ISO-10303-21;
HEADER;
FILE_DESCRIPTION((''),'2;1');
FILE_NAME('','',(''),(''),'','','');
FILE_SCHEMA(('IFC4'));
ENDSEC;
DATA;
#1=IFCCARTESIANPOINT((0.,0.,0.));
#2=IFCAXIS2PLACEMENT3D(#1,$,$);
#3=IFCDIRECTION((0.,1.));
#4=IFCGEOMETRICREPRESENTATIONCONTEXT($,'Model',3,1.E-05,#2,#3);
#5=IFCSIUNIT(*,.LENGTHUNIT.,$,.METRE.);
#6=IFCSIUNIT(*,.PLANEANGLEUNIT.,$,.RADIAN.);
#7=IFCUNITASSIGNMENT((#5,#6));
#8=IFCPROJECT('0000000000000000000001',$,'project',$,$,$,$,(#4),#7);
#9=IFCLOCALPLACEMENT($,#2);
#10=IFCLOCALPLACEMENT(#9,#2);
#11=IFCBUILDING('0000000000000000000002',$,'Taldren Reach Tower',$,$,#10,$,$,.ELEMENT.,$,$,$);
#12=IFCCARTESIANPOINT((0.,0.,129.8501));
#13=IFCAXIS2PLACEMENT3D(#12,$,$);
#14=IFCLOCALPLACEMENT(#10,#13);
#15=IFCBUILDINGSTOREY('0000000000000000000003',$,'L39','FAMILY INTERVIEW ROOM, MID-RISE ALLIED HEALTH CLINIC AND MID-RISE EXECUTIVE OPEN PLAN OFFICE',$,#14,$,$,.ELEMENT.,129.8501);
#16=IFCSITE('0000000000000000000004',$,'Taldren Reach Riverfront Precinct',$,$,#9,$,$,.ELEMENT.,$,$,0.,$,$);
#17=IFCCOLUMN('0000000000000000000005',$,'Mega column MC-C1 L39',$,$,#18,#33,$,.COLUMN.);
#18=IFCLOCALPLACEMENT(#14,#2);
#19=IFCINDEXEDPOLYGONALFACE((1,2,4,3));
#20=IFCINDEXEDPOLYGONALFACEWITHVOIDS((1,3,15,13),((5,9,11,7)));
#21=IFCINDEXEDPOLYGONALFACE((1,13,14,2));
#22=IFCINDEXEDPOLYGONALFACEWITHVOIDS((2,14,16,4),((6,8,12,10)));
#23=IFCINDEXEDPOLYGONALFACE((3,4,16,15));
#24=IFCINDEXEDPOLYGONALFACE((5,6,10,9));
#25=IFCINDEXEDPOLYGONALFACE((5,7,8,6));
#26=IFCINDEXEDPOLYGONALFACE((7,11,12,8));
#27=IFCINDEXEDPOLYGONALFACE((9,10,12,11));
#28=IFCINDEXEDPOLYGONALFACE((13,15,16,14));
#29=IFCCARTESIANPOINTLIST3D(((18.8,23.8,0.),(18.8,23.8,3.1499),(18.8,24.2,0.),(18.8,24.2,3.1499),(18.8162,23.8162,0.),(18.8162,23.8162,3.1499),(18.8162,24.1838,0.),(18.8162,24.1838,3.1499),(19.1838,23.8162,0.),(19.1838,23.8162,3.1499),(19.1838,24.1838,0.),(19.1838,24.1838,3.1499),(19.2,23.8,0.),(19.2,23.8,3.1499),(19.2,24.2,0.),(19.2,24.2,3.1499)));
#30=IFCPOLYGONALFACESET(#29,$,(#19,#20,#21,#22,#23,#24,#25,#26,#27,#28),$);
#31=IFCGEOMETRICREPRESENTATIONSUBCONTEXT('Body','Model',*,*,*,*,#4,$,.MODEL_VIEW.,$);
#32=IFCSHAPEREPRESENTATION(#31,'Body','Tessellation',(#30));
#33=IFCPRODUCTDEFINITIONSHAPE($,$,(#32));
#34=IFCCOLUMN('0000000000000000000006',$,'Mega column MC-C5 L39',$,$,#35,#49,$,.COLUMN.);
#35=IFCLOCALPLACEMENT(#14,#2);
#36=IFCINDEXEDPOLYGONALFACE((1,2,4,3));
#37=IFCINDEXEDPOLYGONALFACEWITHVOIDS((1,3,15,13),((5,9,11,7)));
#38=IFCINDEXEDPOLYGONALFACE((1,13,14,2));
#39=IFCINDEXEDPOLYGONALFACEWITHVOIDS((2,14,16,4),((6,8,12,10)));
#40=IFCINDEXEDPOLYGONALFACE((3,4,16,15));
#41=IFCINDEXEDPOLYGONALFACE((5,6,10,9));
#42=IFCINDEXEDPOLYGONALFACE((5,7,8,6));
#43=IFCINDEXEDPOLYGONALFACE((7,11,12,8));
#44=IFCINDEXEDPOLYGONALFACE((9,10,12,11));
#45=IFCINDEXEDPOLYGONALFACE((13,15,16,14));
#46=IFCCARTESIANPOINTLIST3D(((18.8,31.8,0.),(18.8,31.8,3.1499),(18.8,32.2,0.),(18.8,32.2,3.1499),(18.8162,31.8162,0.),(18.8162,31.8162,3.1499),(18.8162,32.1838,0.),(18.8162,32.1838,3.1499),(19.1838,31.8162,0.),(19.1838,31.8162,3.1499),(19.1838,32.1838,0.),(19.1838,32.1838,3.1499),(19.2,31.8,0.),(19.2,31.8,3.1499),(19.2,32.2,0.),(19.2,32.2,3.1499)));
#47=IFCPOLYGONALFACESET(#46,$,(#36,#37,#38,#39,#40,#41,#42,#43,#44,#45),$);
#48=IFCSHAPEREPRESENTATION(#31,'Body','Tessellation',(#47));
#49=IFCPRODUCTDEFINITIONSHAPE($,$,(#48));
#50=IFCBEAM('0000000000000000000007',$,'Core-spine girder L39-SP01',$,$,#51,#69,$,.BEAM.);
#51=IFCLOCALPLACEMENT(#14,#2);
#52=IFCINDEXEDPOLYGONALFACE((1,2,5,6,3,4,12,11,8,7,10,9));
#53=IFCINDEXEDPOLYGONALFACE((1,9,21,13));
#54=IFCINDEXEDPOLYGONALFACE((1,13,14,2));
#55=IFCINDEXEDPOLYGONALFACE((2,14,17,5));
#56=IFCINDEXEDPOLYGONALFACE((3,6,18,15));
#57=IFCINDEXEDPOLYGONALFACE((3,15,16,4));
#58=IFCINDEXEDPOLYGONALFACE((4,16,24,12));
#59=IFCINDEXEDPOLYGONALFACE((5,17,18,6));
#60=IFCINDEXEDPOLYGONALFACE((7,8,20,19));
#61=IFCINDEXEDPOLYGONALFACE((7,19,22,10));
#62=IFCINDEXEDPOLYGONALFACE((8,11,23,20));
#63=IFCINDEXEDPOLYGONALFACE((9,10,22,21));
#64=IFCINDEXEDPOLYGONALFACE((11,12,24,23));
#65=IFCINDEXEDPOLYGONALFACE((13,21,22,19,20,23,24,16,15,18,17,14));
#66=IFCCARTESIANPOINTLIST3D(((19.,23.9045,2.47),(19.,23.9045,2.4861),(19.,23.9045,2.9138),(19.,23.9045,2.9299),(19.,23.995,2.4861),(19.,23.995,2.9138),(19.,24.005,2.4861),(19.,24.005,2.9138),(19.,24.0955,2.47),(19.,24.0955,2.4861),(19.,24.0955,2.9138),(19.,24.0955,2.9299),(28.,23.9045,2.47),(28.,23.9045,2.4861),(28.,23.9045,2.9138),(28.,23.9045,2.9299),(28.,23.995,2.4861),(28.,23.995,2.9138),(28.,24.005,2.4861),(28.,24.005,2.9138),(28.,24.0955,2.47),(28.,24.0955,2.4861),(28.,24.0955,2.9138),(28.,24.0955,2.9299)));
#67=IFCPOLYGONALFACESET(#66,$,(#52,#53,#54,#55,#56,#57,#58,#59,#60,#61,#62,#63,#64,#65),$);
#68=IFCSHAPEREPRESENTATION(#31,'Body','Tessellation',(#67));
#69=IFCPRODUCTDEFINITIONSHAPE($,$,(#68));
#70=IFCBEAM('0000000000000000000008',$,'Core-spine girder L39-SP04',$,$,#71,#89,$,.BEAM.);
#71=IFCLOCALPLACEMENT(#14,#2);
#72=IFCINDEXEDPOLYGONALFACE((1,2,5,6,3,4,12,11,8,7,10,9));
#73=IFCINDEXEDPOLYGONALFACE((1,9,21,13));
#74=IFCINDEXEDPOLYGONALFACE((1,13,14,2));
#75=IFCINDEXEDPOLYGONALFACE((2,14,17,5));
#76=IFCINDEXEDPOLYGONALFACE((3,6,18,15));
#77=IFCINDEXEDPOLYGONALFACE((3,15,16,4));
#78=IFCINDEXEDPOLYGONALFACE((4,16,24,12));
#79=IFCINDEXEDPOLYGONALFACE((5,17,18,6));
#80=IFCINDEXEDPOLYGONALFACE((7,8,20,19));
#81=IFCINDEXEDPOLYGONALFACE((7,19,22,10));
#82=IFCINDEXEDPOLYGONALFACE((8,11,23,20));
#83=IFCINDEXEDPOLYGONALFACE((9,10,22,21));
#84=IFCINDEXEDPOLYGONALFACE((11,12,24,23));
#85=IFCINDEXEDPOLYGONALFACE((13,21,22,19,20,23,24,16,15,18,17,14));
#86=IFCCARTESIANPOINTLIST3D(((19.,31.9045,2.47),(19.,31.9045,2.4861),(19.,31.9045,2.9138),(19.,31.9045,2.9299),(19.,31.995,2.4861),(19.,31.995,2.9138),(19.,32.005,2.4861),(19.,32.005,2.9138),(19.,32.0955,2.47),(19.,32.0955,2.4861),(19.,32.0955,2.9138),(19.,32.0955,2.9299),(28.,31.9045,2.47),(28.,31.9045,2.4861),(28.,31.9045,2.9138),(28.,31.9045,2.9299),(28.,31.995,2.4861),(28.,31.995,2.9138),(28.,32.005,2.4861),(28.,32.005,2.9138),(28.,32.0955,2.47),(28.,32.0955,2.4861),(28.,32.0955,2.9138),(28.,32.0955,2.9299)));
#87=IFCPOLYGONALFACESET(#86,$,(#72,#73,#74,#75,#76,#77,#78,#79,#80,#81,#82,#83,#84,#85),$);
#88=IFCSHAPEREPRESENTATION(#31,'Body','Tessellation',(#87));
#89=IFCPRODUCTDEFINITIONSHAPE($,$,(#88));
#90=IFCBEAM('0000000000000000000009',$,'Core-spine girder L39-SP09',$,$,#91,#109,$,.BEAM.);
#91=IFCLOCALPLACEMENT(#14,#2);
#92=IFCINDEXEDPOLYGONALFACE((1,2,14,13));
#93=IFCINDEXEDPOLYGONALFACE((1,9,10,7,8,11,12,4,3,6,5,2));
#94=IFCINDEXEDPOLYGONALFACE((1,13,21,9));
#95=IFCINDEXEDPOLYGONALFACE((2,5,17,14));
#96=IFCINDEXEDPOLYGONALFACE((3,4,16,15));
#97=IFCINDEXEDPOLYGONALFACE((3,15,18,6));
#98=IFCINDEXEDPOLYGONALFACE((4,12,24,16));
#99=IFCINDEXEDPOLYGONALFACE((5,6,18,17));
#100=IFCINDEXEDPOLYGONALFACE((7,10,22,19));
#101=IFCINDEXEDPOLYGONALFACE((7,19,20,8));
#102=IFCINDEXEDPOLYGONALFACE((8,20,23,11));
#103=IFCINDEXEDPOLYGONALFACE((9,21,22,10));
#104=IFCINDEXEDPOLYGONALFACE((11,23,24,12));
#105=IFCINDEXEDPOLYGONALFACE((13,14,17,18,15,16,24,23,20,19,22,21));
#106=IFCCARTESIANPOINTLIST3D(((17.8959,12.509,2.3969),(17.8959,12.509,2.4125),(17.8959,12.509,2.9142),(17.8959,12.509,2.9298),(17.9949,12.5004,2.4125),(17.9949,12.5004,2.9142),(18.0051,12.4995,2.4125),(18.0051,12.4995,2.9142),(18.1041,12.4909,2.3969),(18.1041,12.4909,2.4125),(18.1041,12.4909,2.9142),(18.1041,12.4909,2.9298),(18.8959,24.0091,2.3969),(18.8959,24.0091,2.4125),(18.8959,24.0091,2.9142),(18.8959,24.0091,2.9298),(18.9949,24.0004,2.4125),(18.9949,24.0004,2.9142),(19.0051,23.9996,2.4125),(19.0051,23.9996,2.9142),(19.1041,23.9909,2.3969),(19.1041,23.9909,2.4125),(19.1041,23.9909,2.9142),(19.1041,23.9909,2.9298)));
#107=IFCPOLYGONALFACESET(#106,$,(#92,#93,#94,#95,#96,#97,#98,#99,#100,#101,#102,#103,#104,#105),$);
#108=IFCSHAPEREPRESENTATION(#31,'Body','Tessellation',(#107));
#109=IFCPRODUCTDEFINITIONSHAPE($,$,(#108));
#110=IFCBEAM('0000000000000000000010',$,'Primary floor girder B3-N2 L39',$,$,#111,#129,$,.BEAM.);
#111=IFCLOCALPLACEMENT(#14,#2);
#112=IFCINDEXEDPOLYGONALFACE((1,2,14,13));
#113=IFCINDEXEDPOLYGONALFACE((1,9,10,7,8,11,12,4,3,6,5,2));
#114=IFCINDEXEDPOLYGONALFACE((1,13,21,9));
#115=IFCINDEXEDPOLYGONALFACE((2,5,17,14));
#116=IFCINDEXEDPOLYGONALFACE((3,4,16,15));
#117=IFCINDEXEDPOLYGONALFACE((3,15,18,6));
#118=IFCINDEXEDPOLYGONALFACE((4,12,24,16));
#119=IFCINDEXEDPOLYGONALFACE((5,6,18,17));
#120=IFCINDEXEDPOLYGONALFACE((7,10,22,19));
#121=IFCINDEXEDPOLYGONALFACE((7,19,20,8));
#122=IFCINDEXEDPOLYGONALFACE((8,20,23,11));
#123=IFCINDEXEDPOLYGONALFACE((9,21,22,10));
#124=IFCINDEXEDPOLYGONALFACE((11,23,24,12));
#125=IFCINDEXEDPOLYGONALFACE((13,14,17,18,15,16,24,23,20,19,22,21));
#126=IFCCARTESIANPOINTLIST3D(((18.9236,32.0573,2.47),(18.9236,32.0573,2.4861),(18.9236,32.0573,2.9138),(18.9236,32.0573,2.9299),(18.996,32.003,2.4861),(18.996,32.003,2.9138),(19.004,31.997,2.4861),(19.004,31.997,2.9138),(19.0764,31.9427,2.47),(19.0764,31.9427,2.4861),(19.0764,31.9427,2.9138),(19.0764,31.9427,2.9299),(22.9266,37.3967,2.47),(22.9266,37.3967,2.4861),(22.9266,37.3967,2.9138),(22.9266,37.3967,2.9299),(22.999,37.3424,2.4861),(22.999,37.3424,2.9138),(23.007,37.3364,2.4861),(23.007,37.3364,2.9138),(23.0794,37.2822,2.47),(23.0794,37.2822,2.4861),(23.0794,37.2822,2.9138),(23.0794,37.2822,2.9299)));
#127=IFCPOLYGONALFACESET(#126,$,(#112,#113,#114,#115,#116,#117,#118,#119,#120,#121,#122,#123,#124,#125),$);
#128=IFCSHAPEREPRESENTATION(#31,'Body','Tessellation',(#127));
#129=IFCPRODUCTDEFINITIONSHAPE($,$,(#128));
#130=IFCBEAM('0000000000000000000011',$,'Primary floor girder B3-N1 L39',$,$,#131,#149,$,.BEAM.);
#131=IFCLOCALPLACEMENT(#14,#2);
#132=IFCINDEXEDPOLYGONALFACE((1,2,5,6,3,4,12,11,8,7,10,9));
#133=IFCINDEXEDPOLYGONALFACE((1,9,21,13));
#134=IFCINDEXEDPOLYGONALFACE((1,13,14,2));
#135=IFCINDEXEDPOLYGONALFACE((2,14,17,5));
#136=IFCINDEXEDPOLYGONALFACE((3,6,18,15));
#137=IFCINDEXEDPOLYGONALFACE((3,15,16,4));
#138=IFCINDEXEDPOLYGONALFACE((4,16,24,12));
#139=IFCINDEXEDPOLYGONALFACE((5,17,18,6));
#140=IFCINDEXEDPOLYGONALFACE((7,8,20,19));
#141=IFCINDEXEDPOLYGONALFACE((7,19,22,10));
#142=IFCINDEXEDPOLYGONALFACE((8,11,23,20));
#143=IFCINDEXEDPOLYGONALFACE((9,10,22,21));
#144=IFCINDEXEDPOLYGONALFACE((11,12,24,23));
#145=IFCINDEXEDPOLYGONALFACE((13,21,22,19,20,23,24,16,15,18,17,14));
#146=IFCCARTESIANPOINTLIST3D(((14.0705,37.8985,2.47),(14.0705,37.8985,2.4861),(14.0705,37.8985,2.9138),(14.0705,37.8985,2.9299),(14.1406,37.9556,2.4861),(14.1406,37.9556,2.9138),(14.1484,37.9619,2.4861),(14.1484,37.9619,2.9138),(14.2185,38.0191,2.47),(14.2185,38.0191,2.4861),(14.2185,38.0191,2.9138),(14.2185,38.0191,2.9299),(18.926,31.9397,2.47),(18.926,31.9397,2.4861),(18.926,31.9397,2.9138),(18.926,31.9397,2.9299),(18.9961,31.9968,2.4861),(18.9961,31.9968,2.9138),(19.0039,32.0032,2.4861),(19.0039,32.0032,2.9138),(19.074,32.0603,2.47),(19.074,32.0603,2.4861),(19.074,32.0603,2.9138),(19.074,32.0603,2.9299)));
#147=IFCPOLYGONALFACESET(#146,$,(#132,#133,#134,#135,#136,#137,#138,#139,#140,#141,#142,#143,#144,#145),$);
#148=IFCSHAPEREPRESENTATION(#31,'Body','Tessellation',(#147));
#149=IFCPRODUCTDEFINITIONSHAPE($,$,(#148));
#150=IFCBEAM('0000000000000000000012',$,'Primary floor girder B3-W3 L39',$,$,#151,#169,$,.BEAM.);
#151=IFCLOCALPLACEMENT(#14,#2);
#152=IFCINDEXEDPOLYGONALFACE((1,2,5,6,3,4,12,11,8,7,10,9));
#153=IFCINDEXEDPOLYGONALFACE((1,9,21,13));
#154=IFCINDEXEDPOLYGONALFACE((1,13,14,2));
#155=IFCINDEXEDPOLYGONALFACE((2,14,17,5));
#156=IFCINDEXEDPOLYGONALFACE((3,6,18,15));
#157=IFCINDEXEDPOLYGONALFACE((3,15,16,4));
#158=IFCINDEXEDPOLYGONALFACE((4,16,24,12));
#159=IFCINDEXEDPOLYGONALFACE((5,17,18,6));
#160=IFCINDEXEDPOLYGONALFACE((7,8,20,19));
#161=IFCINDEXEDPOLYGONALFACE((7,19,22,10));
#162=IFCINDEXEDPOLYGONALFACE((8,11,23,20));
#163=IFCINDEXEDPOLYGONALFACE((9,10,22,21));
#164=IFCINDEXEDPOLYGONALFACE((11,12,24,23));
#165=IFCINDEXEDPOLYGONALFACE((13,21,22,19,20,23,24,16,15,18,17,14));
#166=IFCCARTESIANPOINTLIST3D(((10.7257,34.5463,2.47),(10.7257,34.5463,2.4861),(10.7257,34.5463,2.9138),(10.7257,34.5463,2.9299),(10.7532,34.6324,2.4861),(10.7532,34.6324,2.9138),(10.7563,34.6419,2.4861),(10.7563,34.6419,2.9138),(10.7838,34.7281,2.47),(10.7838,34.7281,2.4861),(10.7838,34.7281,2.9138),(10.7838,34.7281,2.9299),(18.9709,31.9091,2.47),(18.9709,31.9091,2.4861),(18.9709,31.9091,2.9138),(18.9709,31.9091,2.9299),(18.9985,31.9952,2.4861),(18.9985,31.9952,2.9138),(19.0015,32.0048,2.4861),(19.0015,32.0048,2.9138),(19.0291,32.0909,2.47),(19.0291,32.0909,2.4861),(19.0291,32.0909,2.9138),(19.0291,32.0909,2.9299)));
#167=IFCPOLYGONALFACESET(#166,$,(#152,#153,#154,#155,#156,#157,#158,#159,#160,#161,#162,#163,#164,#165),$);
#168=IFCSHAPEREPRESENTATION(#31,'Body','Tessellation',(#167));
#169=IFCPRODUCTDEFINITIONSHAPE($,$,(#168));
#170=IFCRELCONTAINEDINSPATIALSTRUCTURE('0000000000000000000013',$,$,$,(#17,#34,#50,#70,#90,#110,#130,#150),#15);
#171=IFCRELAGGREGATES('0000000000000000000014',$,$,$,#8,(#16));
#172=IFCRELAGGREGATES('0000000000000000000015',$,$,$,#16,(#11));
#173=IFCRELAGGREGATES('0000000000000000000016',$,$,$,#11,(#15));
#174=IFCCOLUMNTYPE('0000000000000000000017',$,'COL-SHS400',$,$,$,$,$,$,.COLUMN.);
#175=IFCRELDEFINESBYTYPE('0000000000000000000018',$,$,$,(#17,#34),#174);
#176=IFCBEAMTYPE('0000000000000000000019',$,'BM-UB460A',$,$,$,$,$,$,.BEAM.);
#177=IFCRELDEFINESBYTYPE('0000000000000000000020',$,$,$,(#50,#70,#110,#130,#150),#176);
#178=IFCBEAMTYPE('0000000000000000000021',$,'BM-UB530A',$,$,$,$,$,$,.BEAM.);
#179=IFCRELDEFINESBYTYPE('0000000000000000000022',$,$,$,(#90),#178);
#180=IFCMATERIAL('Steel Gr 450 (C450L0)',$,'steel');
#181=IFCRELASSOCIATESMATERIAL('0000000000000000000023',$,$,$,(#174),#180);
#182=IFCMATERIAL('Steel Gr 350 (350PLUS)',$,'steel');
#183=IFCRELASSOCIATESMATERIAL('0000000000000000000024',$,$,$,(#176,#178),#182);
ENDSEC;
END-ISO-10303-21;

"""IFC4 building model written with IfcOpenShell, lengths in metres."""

from ifc_helpers import new_model, si_unit, direction, frame, origin, origin_2d, place, context, subcontext, project, spatial, hollow_rectangle, i_section, extrude, source, transform, mapped, material, material_profile, profile_set, type_object, element, save


model = new_model("IFC4")

# Units and contexts
model_context = context("Model", 3, precision=1e-05, world=origin(), true_north=direction((0.0, 1.0)))
body_context = subcontext(model_context, "Body", "Model", "MODEL_VIEW")
ifc_project = project(units=[si_unit("LENGTHUNIT", "METRE"), si_unit("PLANEANGLEUNIT", "RADIAN")], contexts=[model_context])

# Site, building, storey
site_placement = place(None, origin())
site = spatial("IfcSite", under=ifc_project, at=site_placement, Name="Taldren Reach Riverfront Precinct", CompositionType="ELEMENT", RefElevation=0.0)
building_placement = place(site_placement, origin())
building = spatial("IfcBuilding", under=site, at=building_placement, Name="Taldren Reach Tower", CompositionType="ELEMENT")
storey_placement = place(building_placement, frame((0.0, 0.0, 129.8501)))
storey = spatial("IfcBuildingStorey", under=building, at=storey_placement, Name="L39", Description="FAMILY INTERVIEW ROOM, MID-RISE ALLIED HEALTH CLINIC AND MID-RISE EXECUTIVE OPEN PLAN OFFICE", CompositionType="ELEMENT", Elevation=129.8501)

# Columns
ifc_material_1 = material(Name="Steel Gr 450 (C450L0)", Category="steel")
ifc_material_profile_1 = material_profile(ifc_material_1, hollow_rectangle(XDim=0.3999, YDim=0.3999, WallThickness=0.0161, at=origin_2d()), Name="400x400x16.0SHS")
ifc_profile_set_1 = profile_set([ifc_material_profile_1], Name="Steel Gr 450 (C450L0)")
column_type = type_object("IfcColumnType", Name="COL-SHS400", PredefinedType="COLUMN", material=ifc_profile_set_1)
shared_shape_1 = source(origin(), body_context, "Body", "SweptSolid", [
    extrude(hollow_rectangle(XDim=0.3999, YDim=0.3999, WallThickness=0.0161, at=origin_2d()), origin(), (0.0, 0.0, 1.0), 3.1499),
])
for number, where, z_axis, x_axis, name in (
    (1, (19.0, 24.0, 0.0), (0.0, 0.0, 1.0), (1.0, 0.0, 0.0), "Mega column MC-C1 L39"),
    (2, (19.0, 32.0, 0.0), (0.0, 0.0, 1.0), (1.0, 0.0, 0.0), "Mega column MC-C5 L39"),
):
    element("IfcColumn", number, at=place(storey_placement, frame(where, z_axis=z_axis, x_axis=x_axis)), inside=storey, type_object=column_type, Name=name, PredefinedType="COLUMN", context=body_context, shape_type="MappedRepresentation", body=[
        mapped(shared_shape_1, transform((0.0, 0.0, 0.0), scale=1.0)),
    ])

# Beams
ifc_material_2 = material(Name="Steel Gr 350 (350PLUS)", Category="steel")
ifc_material_profile_2 = material_profile(ifc_material_2, i_section(OverallWidth=0.1909, OverallDepth=0.46, WebThickness=0.01, FlangeThickness=0.0161, at=origin_2d()), Name="460UB82.1")
ifc_profile_set_2 = profile_set([ifc_material_profile_2], Name="Steel Gr 350 (350PLUS)")
beam_type_1 = type_object("IfcBeamType", Name="BM-UB460A", PredefinedType="BEAM", material=ifc_profile_set_2)
shared_shape_2 = source(origin(), body_context, "Body", "SweptSolid", [
    extrude(i_section(OverallWidth=0.1909, OverallDepth=0.46, WebThickness=0.01, FlangeThickness=0.0161, at=origin_2d()), origin(), (0.0, 0.0, 1.0), 9.0),
])
for number, where, z_axis, x_axis, name in (
    (3, (19.0, 24.0, 2.7), (1.0, 0.0, 0.0), (0.0, 1.0, 0.0), "Core-spine girder L39-SP01"),
    (4, (19.0, 32.0, 2.7), (1.0, 0.0, 0.0), (0.0, 1.0, 0.0), "Core-spine girder L39-SP04"),
):
    element("IfcBeam", number, at=place(storey_placement, frame(where, z_axis=z_axis, x_axis=x_axis)), inside=storey, type_object=beam_type_1, Name=name, PredefinedType="BEAM", context=body_context, shape_type="MappedRepresentation", body=[
        mapped(shared_shape_2, transform((0.0, 0.0, 0.0), scale=1.0)),
    ])
ifc_material_profile_3 = material_profile(ifc_material_2, i_section(OverallWidth=0.209, OverallDepth=0.533, WebThickness=0.0103, FlangeThickness=0.0156, at=origin_2d()), Name="530UB92.4")
ifc_profile_set_3 = profile_set([ifc_material_profile_3], Name="Steel Gr 350 (350PLUS)")
beam_type_2 = type_object("IfcBeamType", Name="BM-UB530A", PredefinedType="BEAM", material=ifc_profile_set_3)
shared_shape_3 = source(origin(), body_context, "Body", "SweptSolid", [
    extrude(i_section(OverallWidth=0.209, OverallDepth=0.533, WebThickness=0.0103, FlangeThickness=0.0156, at=origin_2d()), origin(), (0.0, 0.0, 1.0), 11.5435),
])
beam_1_placement = place(storey_placement, frame((19.0, 24.0, 2.6633), z_axis=(-0.08663, -0.996241, 0.0), x_axis=(0.996241, -0.08663, 0.0)))
element("IfcBeam", 5, at=beam_1_placement, inside=storey, type_object=beam_type_2, Name="Core-spine girder L39-SP09", PredefinedType="BEAM", context=body_context, shape_type="MappedRepresentation", body=[
    mapped(shared_shape_3, transform((0.0, 0.0, 0.0), scale=1.0)),
])
shared_shape_4 = source(origin(), body_context, "Body", "SweptSolid", [
    extrude(i_section(OverallWidth=0.1909, OverallDepth=0.46, WebThickness=0.01, FlangeThickness=0.0161, at=origin_2d()), origin(), (0.0, 0.0, 1.0), 6.6733),
])
beam_2_placement = place(storey_placement, frame((19.0, 32.0, 2.7), z_axis=(0.599848, 0.800114, 0.0), x_axis=(-0.800114, 0.599848, 0.0)))
element("IfcBeam", 6, at=beam_2_placement, inside=storey, type_object=beam_type_1, Name="Primary floor girder B3-N2 L39", PredefinedType="BEAM", context=body_context, shape_type="MappedRepresentation", body=[
    mapped(shared_shape_4, transform((0.0, 0.0, 0.0), scale=1.0)),
])
shared_shape_5 = source(origin(), body_context, "Body", "SweptSolid", [
    extrude(i_section(OverallWidth=0.1909, OverallDepth=0.46, WebThickness=0.01, FlangeThickness=0.0161, at=origin_2d()), origin(), (0.0, 0.0, 1.0), 7.6865),
])
beam_3_placement = place(storey_placement, frame((19.0, 32.0, 2.7), z_axis=(-0.631689, 0.775222, 0.0), x_axis=(-0.775222, -0.631689, 0.0)))
element("IfcBeam", 7, at=beam_3_placement, inside=storey, type_object=beam_type_1, Name="Primary floor girder B3-N1 L39", PredefinedType="BEAM", context=body_context, shape_type="MappedRepresentation", body=[
    mapped(shared_shape_5, transform((0.0, 0.0, 0.0), scale=1.0)),
])
shared_shape_6 = source(origin(), body_context, "Body", "SweptSolid", [
    extrude(i_section(OverallWidth=0.1909, OverallDepth=0.46, WebThickness=0.01, FlangeThickness=0.0161, at=origin_2d()), origin(), (0.0, 0.0, 1.0), 8.6567),
])
beam_4_placement = place(storey_placement, frame((19.0, 32.0, 2.7), z_axis=(-0.952468, 0.304639, 0.0), x_axis=(-0.304639, -0.952468, 0.0)))
element("IfcBeam", 8, at=beam_4_placement, inside=storey, type_object=beam_type_1, Name="Primary floor girder B3-W3 L39", PredefinedType="BEAM", context=body_context, shape_type="MappedRepresentation", body=[
    mapped(shared_shape_6, transform((0.0, 0.0, 0.0), scale=1.0)),
])

save(model, "model.ifc")
